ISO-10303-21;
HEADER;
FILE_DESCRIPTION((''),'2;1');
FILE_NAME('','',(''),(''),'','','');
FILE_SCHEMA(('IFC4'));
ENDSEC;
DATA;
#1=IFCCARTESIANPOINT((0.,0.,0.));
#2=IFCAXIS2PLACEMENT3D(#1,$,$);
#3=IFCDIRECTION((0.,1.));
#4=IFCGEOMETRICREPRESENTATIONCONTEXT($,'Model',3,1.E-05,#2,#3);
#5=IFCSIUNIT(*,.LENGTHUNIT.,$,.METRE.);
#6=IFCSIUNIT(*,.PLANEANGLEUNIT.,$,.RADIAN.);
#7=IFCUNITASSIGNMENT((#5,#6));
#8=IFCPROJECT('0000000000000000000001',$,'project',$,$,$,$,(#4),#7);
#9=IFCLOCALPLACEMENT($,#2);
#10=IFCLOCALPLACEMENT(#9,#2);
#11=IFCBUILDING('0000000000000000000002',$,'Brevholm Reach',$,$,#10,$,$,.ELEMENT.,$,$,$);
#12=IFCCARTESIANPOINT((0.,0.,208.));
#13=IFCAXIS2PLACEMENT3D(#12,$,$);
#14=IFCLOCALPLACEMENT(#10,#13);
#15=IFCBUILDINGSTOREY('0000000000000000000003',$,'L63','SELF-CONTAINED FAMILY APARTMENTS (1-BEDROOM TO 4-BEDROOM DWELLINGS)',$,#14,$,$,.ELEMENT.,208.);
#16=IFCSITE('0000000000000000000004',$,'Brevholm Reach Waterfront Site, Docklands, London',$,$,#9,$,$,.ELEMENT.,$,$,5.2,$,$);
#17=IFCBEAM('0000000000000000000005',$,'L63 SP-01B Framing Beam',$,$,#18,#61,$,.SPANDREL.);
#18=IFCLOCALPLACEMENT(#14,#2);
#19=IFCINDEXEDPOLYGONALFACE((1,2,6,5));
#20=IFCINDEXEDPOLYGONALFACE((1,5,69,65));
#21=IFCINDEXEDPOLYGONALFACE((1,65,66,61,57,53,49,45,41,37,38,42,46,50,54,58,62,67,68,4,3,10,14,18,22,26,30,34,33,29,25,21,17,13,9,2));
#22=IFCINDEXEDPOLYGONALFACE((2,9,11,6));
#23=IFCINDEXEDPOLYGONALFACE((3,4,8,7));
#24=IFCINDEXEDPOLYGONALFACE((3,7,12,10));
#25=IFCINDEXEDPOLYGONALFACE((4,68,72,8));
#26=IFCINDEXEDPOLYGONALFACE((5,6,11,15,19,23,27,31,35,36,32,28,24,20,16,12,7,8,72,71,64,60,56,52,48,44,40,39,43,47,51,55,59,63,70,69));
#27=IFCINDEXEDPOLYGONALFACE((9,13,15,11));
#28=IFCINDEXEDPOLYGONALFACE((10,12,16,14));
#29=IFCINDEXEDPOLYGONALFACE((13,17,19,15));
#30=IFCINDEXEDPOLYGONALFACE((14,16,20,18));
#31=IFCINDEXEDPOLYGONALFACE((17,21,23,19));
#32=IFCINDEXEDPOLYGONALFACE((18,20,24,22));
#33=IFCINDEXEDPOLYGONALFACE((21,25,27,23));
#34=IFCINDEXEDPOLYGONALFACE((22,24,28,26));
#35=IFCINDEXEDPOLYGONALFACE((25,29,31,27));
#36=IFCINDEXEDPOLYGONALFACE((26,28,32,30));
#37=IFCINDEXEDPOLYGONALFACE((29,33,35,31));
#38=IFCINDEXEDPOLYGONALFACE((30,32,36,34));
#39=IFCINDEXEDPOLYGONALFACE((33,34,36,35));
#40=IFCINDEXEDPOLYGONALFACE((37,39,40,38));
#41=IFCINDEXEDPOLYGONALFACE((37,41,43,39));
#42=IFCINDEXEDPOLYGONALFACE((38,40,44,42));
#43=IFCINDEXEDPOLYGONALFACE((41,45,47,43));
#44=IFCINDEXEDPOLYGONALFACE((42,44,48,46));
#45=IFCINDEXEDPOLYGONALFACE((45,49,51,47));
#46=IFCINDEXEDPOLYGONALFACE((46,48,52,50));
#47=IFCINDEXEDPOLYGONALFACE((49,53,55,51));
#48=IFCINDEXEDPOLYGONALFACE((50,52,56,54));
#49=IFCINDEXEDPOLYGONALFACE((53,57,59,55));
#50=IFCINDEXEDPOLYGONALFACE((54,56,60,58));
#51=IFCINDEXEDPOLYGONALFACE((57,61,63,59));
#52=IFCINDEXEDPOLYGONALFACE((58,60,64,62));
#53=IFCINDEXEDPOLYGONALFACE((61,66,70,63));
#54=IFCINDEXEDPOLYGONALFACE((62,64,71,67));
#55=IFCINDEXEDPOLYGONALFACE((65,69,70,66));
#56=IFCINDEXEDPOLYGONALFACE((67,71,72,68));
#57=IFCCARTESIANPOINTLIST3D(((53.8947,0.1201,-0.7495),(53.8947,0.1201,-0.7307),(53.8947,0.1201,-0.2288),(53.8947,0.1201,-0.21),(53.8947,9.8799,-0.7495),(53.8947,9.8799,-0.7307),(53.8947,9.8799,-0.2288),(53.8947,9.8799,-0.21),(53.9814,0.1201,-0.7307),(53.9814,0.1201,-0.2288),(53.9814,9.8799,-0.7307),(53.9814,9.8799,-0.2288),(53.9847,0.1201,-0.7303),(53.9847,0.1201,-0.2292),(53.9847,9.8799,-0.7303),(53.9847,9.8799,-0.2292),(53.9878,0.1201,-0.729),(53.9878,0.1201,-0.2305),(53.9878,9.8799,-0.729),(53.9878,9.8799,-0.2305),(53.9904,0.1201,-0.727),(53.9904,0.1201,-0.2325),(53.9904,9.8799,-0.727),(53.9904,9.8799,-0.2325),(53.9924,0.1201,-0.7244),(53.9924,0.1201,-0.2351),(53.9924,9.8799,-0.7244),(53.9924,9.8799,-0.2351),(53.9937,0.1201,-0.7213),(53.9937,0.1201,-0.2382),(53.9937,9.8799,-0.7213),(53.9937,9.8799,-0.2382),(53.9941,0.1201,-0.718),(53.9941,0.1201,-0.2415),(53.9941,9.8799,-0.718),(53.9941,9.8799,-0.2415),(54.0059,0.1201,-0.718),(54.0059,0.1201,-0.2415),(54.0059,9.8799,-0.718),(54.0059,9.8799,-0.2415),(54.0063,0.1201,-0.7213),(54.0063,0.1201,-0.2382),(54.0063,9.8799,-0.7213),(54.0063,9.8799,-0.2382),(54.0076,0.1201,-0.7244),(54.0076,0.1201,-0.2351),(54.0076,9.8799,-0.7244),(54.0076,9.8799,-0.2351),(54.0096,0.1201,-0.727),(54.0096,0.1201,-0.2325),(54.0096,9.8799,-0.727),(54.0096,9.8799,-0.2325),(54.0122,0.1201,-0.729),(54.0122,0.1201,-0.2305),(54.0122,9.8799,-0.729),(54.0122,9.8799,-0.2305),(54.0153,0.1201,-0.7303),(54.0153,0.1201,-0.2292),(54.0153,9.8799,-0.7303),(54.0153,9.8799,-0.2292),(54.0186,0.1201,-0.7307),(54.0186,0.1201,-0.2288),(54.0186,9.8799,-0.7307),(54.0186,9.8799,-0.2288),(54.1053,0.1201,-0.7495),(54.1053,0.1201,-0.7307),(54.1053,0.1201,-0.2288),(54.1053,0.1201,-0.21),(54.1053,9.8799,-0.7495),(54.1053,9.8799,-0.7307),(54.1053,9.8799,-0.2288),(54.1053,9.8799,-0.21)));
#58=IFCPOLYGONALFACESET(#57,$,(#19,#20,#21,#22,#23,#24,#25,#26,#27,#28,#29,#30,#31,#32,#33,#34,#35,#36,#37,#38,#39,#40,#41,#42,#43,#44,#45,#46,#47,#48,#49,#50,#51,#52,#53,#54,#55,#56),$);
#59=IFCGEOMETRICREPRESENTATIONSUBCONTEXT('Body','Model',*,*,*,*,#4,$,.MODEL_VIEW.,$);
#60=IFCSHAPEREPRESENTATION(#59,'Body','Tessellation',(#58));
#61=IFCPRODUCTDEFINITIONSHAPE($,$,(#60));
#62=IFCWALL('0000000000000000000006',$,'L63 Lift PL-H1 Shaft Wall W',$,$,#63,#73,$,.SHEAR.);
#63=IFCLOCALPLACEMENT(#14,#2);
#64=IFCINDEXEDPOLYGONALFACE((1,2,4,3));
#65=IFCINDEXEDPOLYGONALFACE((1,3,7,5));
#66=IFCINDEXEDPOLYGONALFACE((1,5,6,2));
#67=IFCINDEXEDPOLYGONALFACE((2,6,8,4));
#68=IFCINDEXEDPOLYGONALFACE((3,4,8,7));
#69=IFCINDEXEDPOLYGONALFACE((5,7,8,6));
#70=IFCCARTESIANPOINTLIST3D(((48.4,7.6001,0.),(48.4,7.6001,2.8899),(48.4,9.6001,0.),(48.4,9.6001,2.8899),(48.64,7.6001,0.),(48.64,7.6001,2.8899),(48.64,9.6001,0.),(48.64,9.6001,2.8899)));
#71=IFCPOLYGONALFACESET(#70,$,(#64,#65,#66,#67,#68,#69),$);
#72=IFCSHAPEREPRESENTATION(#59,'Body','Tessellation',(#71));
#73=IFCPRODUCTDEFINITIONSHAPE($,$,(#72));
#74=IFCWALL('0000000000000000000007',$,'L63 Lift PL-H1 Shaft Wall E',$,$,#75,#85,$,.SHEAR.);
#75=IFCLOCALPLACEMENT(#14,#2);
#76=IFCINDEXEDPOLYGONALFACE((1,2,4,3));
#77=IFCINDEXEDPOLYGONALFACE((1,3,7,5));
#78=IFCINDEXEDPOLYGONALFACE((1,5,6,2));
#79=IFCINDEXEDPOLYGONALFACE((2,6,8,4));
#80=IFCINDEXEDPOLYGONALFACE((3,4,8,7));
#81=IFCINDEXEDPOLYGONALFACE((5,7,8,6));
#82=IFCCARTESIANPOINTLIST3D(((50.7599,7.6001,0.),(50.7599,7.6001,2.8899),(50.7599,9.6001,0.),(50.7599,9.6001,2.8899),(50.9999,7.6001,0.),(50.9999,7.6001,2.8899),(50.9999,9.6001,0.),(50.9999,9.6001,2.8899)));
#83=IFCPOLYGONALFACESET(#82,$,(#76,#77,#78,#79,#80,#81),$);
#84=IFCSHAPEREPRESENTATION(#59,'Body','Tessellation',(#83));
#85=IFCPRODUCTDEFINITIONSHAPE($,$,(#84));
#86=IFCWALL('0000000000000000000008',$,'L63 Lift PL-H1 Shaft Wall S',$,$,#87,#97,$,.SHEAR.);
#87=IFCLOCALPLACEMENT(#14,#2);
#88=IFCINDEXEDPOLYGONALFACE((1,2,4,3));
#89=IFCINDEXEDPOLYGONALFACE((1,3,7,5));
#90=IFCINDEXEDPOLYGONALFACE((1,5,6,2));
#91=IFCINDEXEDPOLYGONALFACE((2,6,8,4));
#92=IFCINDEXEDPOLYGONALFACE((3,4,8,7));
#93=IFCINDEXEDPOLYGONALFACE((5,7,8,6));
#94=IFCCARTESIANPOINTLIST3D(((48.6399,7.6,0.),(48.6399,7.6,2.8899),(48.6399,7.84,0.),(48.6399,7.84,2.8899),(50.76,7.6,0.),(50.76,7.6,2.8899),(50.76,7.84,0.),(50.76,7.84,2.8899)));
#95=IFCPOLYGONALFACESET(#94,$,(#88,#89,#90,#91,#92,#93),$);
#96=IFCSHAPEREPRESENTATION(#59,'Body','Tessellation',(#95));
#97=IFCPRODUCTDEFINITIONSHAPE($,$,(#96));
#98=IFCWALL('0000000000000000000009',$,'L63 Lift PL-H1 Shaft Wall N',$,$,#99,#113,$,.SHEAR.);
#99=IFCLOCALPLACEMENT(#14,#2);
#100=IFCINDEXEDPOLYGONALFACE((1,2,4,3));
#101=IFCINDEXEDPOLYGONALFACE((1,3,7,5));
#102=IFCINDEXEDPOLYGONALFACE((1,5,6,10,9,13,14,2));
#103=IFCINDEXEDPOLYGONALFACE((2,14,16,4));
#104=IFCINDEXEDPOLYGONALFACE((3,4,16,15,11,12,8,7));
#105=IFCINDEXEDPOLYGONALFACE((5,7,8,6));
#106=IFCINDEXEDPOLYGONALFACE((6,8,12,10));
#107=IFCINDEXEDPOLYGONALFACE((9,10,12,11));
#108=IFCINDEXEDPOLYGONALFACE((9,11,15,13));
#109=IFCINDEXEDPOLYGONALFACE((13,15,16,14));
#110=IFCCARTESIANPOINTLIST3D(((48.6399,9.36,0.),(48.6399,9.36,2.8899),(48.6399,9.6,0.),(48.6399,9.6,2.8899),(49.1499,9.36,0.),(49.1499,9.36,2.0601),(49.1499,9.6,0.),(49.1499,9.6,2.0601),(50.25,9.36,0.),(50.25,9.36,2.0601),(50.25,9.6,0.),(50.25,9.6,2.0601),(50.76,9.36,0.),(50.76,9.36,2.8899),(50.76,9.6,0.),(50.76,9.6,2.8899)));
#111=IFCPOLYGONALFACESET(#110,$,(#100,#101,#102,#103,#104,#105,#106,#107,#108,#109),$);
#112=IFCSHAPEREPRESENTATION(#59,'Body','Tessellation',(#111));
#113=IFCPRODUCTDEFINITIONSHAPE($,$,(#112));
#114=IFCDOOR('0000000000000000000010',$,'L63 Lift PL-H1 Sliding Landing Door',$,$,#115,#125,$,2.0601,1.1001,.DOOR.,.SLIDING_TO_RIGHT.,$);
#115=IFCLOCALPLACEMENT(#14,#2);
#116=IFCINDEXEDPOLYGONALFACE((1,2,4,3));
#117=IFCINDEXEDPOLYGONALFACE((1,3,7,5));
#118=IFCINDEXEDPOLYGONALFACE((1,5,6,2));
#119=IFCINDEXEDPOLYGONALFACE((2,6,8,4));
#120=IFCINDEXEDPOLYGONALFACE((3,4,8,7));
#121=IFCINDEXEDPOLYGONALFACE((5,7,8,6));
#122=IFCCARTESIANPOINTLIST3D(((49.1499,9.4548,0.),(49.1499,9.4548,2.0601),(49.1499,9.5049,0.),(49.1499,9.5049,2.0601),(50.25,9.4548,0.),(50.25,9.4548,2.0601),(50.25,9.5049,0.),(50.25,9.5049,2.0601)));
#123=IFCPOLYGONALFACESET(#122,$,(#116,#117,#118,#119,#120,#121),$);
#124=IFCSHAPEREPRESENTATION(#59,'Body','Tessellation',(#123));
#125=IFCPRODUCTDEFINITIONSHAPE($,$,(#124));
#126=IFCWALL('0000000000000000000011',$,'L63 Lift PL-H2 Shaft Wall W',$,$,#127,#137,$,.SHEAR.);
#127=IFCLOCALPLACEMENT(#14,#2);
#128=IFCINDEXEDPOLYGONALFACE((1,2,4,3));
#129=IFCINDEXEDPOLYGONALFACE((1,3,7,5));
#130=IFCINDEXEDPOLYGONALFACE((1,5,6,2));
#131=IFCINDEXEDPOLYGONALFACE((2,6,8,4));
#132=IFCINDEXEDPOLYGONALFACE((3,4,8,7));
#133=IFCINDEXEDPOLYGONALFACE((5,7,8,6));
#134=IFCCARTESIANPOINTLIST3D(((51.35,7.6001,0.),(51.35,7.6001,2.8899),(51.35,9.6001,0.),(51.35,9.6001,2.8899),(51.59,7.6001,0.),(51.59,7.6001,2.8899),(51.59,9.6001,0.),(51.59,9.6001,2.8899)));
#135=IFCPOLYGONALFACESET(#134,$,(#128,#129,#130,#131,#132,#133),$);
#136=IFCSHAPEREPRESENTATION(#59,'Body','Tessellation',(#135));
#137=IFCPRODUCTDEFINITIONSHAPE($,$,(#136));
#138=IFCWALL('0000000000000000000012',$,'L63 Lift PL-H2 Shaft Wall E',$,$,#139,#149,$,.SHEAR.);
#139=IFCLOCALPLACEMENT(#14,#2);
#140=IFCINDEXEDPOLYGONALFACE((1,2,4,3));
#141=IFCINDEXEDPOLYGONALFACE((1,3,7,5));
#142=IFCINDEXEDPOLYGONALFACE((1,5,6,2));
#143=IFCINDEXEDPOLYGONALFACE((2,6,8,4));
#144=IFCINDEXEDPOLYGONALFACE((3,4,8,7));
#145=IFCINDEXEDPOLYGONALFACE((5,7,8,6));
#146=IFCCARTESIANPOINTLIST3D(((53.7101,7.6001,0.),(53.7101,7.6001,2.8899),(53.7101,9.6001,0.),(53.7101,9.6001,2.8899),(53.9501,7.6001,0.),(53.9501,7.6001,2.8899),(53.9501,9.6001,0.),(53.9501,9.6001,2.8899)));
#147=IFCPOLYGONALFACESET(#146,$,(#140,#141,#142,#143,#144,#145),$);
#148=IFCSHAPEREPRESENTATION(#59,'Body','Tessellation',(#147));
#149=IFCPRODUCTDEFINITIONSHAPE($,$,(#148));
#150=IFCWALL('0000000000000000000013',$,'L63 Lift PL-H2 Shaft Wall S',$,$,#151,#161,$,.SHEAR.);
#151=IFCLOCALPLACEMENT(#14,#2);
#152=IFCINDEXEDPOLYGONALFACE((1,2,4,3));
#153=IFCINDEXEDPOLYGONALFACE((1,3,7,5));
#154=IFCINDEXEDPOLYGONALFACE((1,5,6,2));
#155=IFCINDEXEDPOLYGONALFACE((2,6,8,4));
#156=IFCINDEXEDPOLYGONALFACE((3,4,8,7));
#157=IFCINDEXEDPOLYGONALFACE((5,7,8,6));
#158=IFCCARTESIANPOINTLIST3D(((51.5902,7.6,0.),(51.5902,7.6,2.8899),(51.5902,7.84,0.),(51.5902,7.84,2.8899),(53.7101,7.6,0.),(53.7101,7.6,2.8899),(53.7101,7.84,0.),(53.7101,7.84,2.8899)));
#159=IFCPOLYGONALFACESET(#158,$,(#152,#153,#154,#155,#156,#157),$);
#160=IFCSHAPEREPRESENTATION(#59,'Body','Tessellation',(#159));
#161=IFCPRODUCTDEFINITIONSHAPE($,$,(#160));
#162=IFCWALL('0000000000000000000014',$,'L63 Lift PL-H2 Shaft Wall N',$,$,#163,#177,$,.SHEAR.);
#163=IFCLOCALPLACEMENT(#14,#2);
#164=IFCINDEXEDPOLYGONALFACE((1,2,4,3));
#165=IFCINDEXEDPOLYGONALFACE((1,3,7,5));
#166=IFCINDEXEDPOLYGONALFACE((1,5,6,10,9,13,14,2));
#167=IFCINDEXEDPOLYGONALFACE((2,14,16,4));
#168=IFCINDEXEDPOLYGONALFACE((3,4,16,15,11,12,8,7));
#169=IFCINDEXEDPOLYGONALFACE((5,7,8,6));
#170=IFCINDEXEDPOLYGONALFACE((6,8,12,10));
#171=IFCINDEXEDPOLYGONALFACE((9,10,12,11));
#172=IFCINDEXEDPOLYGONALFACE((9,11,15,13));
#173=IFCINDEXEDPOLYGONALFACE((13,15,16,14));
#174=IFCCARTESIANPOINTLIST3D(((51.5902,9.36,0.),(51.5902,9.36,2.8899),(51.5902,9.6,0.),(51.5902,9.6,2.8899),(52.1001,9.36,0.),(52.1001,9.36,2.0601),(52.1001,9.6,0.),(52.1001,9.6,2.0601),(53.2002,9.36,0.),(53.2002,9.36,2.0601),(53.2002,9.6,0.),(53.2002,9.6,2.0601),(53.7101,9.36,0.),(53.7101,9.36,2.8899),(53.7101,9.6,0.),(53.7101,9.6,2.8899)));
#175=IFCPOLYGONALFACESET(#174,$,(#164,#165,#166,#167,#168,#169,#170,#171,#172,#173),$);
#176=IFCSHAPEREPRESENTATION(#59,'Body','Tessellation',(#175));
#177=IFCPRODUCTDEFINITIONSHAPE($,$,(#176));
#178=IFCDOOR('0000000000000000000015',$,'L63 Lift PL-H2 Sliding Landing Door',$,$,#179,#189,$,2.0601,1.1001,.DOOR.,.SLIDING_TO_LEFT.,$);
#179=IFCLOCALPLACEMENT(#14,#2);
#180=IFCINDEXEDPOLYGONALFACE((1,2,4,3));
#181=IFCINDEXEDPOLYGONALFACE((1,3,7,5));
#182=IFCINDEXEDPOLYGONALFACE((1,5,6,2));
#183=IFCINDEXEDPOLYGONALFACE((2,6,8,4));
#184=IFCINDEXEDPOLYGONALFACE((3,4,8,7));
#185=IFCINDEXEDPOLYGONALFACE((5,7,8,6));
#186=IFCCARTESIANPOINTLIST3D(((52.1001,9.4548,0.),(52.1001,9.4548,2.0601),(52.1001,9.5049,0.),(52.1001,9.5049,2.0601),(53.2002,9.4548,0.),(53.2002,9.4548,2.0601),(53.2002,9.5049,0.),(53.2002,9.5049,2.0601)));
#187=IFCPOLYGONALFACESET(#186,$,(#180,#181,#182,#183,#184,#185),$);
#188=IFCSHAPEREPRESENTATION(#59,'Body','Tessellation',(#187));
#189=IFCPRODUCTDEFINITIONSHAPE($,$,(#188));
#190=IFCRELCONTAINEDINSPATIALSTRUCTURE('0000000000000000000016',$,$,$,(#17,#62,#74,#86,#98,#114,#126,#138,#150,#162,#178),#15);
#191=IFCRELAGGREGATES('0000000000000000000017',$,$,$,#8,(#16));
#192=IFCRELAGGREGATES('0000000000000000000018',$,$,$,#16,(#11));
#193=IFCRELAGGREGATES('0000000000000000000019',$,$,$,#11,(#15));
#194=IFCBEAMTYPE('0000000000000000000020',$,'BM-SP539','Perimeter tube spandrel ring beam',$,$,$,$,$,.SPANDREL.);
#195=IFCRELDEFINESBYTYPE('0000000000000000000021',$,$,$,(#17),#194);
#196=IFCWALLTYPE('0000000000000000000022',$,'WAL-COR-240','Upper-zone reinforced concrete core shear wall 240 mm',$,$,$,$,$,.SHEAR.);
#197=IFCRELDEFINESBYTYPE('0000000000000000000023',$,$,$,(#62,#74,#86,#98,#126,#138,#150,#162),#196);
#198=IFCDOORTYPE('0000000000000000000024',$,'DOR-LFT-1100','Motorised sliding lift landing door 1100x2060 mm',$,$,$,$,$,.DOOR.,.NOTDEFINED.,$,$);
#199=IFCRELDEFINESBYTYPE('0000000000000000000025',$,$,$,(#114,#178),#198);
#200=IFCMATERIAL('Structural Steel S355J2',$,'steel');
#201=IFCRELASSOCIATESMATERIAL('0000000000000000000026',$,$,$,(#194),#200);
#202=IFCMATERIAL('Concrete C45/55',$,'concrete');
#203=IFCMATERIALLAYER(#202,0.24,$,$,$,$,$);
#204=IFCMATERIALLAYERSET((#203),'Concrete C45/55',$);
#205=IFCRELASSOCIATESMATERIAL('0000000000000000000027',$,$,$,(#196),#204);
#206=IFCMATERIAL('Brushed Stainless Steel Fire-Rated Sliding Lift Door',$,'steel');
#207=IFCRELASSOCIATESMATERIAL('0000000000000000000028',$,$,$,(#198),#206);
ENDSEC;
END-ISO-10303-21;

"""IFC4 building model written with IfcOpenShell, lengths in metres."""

from ifc_helpers import new_model, si_unit, direction, frame, frame_2d, origin, origin_2d, place, context, subcontext, project, spatial, rectangle, i_section, extrude, material, layer, layer_set, material_profile, profile_set, type_object, element, fill, save


model = new_model("IFC4")

# Units and contexts
model_context = context("Model", 3, precision=1e-05, world=origin(), true_north=direction((0.0, 1.0)))
body_context = subcontext(model_context, "Body", "Model", "MODEL_VIEW")
ifc_project = project(units=[si_unit("LENGTHUNIT", "METRE"), si_unit("PLANEANGLEUNIT", "RADIAN")], contexts=[model_context])

# Site, building, storey
site_placement = place(None, origin())
site = spatial("IfcSite", under=ifc_project, at=site_placement, Name="Brevholm Reach Waterfront Site, Docklands, London", CompositionType="ELEMENT", RefElevation=5.2)
building_placement = place(site_placement, origin())
building = spatial("IfcBuilding", under=site, at=building_placement, Name="Brevholm Reach", CompositionType="ELEMENT")
storey_placement = place(building_placement, frame((0.0, 0.0, 208.0)))
storey = spatial("IfcBuildingStorey", under=building, at=storey_placement, Name="L63", Description="SELF-CONTAINED FAMILY APARTMENTS (1-BEDROOM TO 4-BEDROOM DWELLINGS)", CompositionType="ELEMENT", Elevation=208.0)

# Beam
ifc_material_1 = material(Name="Structural Steel S355J2", Category="steel")
ifc_material_profile_1 = material_profile(ifc_material_1, i_section(OverallWidth=0.2107, OverallDepth=0.5396, WebThickness=0.0117, FlangeThickness=0.0188, FilletRadius=0.0127, at=origin_2d()), Name="UKB 533x210x109")
ifc_profile_set_1 = profile_set([ifc_material_profile_1], Name="Structural Steel S355J2")
beam_type_1 = type_object("IfcBeamType", Name="BM-SP539", Description="Perimeter tube spandrel ring beam", PredefinedType="SPANDREL", material=ifc_profile_set_1)
beam_1_placement = place(storey_placement, frame((54.0, 0.1201, -0.4797), z_axis=(0.0, 1.0, 0.0), x_axis=(-1.0, 0.0, 0.0)))
element("IfcBeam", 1, at=beam_1_placement, inside=storey, type_object=beam_type_1, Name="L63 SP-01B Framing Beam", PredefinedType="SPANDREL", context=body_context, shape_type="SweptSolid", body=[
    extrude(i_section(OverallWidth=0.2107, OverallDepth=0.5396, WebThickness=0.0117, FlangeThickness=0.0188, FilletRadius=0.0127, at=origin_2d()), origin(), (0.0, 0.0, 1.0), 9.7598),
])

# Walls
ifc_material_2 = material(Name="Concrete C45/55", Category="concrete")
ifc_layer_1 = layer(ifc_material_2, 0.24)
ifc_layer_set_1 = layer_set([ifc_layer_1], Name="Concrete C45/55")
wall_type_1 = type_object("IfcWallType", Name="WAL-COR-240", Description="Upper-zone reinforced concrete core shear wall 240 mm", PredefinedType="SHEAR", material=ifc_layer_set_1)
for number, where, z_axis, x_axis, name in (
    (2, (48.52, 7.6001, 0.0), (0.0, 0.0, 1.0), (0.0, 1.0, 0.0), "L63 Lift PL-H1 Shaft Wall W"),
    (3, (50.8799, 7.6001, 0.0), (0.0, 0.0, 1.0), (0.0, 1.0, 0.0), "L63 Lift PL-H1 Shaft Wall E"),
):
    element("IfcWall", number, at=place(storey_placement, frame(where, z_axis=z_axis, x_axis=x_axis)), inside=storey, type_object=wall_type_1, Name=name, PredefinedType="SHEAR", context=body_context, shape_type="SweptSolid", body=[
        extrude(rectangle(XDim=2.0, YDim=0.24, at=frame_2d((1.0, 0.0))), origin(), (0.0, 0.0, 1.0), 2.8899),
    ])
wall_1_placement = place(storey_placement, frame((48.6399, 7.72, 0.0), z_axis=(0.0, 0.0, 1.0), x_axis=(1.0, 0.0, 0.0)))
element("IfcWall", 4, at=wall_1_placement, inside=storey, type_object=wall_type_1, Name="L63 Lift PL-H1 Shaft Wall S", PredefinedType="SHEAR", context=body_context, shape_type="SweptSolid", body=[
    extrude(rectangle(XDim=2.1201, YDim=0.24, at=frame_2d((1.0601, 0.0))), origin(), (0.0, 0.0, 1.0), 2.8899),
])

# Wall, opening, door
wall_2_placement = place(storey_placement, frame((48.6399, 9.48, 0.0), z_axis=(0.0, 0.0, 1.0), x_axis=(1.0, 0.0, 0.0)))
wall_2 = element("IfcWall", 5, at=wall_2_placement, inside=storey, type_object=wall_type_1, Name="L63 Lift PL-H1 Shaft Wall N", PredefinedType="SHEAR", context=body_context, shape_type="SweptSolid", body=[
    extrude(rectangle(XDim=2.1201, YDim=0.24, at=frame_2d((1.0601, 0.0))), origin(), (0.0, 0.0, 1.0), 2.8899),
])
opening_1_placement = place(wall_2_placement, frame((0.51, 0.0, 0.0)))
opening_1 = element("IfcOpeningElement", 6, at=opening_1_placement, cuts=wall_2, PredefinedType="OPENING", context=body_context, shape_type="SweptSolid", body=[
    extrude(rectangle(XDim=1.1001, YDim=2.0601, at=frame_2d((0.55, 1.03))), frame((0.0, 0.1299, 0.0), z_axis=(0.0, -1.0, 0.0), x_axis=(1.0, 0.0, 0.0)), (0.0, 0.0, 1.0), 0.26),
])
ifc_material_3 = material(Name="Brushed Stainless Steel Fire-Rated Sliding Lift Door", Category="steel")
door_type_1 = type_object("IfcDoorType", Name="DOR-LFT-1100", Description="Motorised sliding lift landing door 1100x2060 mm", OperationType="NOTDEFINED", PredefinedType="DOOR", material=ifc_material_3)
door_1_placement = place(opening_1_placement, origin())
door_1 = element("IfcDoor", 7, at=door_1_placement, inside=storey, type_object=door_type_1, Name="L63 Lift PL-H1 Sliding Landing Door", OperationType="SLIDING_TO_RIGHT", OverallHeight=2.0601, OverallWidth=1.1001, PredefinedType="DOOR", context=body_context, shape_type="SweptSolid", body=[
    extrude(rectangle(XDim=1.1001, YDim=2.0601, at=frame_2d((0.55, 1.03))), frame((0.0, 0.0249, 0.0), z_axis=(0.0, -1.0, 0.0), x_axis=(1.0, 0.0, 0.0)), (0.0, 0.0, 1.0), 0.05),
])
fill(opening_1, door_1)

# Walls
for number, where, z_axis, x_axis, name in (
    (8, (51.47, 7.6001, 0.0), (0.0, 0.0, 1.0), (0.0, 1.0, 0.0), "L63 Lift PL-H2 Shaft Wall W"),
    (9, (53.8301, 7.6001, 0.0), (0.0, 0.0, 1.0), (0.0, 1.0, 0.0), "L63 Lift PL-H2 Shaft Wall E"),
):
    element("IfcWall", number, at=place(storey_placement, frame(where, z_axis=z_axis, x_axis=x_axis)), inside=storey, type_object=wall_type_1, Name=name, PredefinedType="SHEAR", context=body_context, shape_type="SweptSolid", body=[
        extrude(rectangle(XDim=2.0, YDim=0.24, at=frame_2d((1.0, 0.0))), origin(), (0.0, 0.0, 1.0), 2.8899),
    ])
wall_3_placement = place(storey_placement, frame((51.5901, 7.72, 0.0), z_axis=(0.0, 0.0, 1.0), x_axis=(1.0, 0.0, 0.0)))
element("IfcWall", 10, at=wall_3_placement, inside=storey, type_object=wall_type_1, Name="L63 Lift PL-H2 Shaft Wall S", PredefinedType="SHEAR", context=body_context, shape_type="SweptSolid", body=[
    extrude(rectangle(XDim=2.1199, YDim=0.24, at=frame_2d((1.0601, 0.0))), origin(), (0.0, 0.0, 1.0), 2.8899),
])

# Wall, opening, door
wall_4_placement = place(storey_placement, frame((51.5901, 9.48, 0.0), z_axis=(0.0, 0.0, 1.0), x_axis=(1.0, 0.0, 0.0)))
wall_4 = element("IfcWall", 11, at=wall_4_placement, inside=storey, type_object=wall_type_1, Name="L63 Lift PL-H2 Shaft Wall N", PredefinedType="SHEAR", context=body_context, shape_type="SweptSolid", body=[
    extrude(rectangle(XDim=2.1199, YDim=0.24, at=frame_2d((1.0601, 0.0))), origin(), (0.0, 0.0, 1.0), 2.8899),
])
opening_2_placement = place(wall_4_placement, frame((0.51, 0.0, 0.0)))
opening_2 = element("IfcOpeningElement", 12, at=opening_2_placement, cuts=wall_4, PredefinedType="OPENING", context=body_context, shape_type="SweptSolid", body=[
    extrude(rectangle(XDim=1.1001, YDim=2.0601, at=frame_2d((0.55, 1.03))), frame((0.0, 0.1299, 0.0), z_axis=(0.0, -1.0, 0.0), x_axis=(1.0, 0.0, 0.0)), (0.0, 0.0, 1.0), 0.26),
])
door_2_placement = place(opening_2_placement, origin())
door_2 = element("IfcDoor", 13, at=door_2_placement, inside=storey, type_object=door_type_1, Name="L63 Lift PL-H2 Sliding Landing Door", OperationType="SLIDING_TO_LEFT", OverallHeight=2.0601, OverallWidth=1.1001, PredefinedType="DOOR", context=body_context, shape_type="SweptSolid", body=[
    extrude(rectangle(XDim=1.1001, YDim=2.0601, at=frame_2d((0.55, 1.03))), frame((0.0, 0.0249, 0.0), z_axis=(0.0, -1.0, 0.0), x_axis=(1.0, 0.0, 0.0)), (0.0, 0.0, 1.0), 0.05),
])
fill(opening_2, door_2)

save(model, "model.ifc")
